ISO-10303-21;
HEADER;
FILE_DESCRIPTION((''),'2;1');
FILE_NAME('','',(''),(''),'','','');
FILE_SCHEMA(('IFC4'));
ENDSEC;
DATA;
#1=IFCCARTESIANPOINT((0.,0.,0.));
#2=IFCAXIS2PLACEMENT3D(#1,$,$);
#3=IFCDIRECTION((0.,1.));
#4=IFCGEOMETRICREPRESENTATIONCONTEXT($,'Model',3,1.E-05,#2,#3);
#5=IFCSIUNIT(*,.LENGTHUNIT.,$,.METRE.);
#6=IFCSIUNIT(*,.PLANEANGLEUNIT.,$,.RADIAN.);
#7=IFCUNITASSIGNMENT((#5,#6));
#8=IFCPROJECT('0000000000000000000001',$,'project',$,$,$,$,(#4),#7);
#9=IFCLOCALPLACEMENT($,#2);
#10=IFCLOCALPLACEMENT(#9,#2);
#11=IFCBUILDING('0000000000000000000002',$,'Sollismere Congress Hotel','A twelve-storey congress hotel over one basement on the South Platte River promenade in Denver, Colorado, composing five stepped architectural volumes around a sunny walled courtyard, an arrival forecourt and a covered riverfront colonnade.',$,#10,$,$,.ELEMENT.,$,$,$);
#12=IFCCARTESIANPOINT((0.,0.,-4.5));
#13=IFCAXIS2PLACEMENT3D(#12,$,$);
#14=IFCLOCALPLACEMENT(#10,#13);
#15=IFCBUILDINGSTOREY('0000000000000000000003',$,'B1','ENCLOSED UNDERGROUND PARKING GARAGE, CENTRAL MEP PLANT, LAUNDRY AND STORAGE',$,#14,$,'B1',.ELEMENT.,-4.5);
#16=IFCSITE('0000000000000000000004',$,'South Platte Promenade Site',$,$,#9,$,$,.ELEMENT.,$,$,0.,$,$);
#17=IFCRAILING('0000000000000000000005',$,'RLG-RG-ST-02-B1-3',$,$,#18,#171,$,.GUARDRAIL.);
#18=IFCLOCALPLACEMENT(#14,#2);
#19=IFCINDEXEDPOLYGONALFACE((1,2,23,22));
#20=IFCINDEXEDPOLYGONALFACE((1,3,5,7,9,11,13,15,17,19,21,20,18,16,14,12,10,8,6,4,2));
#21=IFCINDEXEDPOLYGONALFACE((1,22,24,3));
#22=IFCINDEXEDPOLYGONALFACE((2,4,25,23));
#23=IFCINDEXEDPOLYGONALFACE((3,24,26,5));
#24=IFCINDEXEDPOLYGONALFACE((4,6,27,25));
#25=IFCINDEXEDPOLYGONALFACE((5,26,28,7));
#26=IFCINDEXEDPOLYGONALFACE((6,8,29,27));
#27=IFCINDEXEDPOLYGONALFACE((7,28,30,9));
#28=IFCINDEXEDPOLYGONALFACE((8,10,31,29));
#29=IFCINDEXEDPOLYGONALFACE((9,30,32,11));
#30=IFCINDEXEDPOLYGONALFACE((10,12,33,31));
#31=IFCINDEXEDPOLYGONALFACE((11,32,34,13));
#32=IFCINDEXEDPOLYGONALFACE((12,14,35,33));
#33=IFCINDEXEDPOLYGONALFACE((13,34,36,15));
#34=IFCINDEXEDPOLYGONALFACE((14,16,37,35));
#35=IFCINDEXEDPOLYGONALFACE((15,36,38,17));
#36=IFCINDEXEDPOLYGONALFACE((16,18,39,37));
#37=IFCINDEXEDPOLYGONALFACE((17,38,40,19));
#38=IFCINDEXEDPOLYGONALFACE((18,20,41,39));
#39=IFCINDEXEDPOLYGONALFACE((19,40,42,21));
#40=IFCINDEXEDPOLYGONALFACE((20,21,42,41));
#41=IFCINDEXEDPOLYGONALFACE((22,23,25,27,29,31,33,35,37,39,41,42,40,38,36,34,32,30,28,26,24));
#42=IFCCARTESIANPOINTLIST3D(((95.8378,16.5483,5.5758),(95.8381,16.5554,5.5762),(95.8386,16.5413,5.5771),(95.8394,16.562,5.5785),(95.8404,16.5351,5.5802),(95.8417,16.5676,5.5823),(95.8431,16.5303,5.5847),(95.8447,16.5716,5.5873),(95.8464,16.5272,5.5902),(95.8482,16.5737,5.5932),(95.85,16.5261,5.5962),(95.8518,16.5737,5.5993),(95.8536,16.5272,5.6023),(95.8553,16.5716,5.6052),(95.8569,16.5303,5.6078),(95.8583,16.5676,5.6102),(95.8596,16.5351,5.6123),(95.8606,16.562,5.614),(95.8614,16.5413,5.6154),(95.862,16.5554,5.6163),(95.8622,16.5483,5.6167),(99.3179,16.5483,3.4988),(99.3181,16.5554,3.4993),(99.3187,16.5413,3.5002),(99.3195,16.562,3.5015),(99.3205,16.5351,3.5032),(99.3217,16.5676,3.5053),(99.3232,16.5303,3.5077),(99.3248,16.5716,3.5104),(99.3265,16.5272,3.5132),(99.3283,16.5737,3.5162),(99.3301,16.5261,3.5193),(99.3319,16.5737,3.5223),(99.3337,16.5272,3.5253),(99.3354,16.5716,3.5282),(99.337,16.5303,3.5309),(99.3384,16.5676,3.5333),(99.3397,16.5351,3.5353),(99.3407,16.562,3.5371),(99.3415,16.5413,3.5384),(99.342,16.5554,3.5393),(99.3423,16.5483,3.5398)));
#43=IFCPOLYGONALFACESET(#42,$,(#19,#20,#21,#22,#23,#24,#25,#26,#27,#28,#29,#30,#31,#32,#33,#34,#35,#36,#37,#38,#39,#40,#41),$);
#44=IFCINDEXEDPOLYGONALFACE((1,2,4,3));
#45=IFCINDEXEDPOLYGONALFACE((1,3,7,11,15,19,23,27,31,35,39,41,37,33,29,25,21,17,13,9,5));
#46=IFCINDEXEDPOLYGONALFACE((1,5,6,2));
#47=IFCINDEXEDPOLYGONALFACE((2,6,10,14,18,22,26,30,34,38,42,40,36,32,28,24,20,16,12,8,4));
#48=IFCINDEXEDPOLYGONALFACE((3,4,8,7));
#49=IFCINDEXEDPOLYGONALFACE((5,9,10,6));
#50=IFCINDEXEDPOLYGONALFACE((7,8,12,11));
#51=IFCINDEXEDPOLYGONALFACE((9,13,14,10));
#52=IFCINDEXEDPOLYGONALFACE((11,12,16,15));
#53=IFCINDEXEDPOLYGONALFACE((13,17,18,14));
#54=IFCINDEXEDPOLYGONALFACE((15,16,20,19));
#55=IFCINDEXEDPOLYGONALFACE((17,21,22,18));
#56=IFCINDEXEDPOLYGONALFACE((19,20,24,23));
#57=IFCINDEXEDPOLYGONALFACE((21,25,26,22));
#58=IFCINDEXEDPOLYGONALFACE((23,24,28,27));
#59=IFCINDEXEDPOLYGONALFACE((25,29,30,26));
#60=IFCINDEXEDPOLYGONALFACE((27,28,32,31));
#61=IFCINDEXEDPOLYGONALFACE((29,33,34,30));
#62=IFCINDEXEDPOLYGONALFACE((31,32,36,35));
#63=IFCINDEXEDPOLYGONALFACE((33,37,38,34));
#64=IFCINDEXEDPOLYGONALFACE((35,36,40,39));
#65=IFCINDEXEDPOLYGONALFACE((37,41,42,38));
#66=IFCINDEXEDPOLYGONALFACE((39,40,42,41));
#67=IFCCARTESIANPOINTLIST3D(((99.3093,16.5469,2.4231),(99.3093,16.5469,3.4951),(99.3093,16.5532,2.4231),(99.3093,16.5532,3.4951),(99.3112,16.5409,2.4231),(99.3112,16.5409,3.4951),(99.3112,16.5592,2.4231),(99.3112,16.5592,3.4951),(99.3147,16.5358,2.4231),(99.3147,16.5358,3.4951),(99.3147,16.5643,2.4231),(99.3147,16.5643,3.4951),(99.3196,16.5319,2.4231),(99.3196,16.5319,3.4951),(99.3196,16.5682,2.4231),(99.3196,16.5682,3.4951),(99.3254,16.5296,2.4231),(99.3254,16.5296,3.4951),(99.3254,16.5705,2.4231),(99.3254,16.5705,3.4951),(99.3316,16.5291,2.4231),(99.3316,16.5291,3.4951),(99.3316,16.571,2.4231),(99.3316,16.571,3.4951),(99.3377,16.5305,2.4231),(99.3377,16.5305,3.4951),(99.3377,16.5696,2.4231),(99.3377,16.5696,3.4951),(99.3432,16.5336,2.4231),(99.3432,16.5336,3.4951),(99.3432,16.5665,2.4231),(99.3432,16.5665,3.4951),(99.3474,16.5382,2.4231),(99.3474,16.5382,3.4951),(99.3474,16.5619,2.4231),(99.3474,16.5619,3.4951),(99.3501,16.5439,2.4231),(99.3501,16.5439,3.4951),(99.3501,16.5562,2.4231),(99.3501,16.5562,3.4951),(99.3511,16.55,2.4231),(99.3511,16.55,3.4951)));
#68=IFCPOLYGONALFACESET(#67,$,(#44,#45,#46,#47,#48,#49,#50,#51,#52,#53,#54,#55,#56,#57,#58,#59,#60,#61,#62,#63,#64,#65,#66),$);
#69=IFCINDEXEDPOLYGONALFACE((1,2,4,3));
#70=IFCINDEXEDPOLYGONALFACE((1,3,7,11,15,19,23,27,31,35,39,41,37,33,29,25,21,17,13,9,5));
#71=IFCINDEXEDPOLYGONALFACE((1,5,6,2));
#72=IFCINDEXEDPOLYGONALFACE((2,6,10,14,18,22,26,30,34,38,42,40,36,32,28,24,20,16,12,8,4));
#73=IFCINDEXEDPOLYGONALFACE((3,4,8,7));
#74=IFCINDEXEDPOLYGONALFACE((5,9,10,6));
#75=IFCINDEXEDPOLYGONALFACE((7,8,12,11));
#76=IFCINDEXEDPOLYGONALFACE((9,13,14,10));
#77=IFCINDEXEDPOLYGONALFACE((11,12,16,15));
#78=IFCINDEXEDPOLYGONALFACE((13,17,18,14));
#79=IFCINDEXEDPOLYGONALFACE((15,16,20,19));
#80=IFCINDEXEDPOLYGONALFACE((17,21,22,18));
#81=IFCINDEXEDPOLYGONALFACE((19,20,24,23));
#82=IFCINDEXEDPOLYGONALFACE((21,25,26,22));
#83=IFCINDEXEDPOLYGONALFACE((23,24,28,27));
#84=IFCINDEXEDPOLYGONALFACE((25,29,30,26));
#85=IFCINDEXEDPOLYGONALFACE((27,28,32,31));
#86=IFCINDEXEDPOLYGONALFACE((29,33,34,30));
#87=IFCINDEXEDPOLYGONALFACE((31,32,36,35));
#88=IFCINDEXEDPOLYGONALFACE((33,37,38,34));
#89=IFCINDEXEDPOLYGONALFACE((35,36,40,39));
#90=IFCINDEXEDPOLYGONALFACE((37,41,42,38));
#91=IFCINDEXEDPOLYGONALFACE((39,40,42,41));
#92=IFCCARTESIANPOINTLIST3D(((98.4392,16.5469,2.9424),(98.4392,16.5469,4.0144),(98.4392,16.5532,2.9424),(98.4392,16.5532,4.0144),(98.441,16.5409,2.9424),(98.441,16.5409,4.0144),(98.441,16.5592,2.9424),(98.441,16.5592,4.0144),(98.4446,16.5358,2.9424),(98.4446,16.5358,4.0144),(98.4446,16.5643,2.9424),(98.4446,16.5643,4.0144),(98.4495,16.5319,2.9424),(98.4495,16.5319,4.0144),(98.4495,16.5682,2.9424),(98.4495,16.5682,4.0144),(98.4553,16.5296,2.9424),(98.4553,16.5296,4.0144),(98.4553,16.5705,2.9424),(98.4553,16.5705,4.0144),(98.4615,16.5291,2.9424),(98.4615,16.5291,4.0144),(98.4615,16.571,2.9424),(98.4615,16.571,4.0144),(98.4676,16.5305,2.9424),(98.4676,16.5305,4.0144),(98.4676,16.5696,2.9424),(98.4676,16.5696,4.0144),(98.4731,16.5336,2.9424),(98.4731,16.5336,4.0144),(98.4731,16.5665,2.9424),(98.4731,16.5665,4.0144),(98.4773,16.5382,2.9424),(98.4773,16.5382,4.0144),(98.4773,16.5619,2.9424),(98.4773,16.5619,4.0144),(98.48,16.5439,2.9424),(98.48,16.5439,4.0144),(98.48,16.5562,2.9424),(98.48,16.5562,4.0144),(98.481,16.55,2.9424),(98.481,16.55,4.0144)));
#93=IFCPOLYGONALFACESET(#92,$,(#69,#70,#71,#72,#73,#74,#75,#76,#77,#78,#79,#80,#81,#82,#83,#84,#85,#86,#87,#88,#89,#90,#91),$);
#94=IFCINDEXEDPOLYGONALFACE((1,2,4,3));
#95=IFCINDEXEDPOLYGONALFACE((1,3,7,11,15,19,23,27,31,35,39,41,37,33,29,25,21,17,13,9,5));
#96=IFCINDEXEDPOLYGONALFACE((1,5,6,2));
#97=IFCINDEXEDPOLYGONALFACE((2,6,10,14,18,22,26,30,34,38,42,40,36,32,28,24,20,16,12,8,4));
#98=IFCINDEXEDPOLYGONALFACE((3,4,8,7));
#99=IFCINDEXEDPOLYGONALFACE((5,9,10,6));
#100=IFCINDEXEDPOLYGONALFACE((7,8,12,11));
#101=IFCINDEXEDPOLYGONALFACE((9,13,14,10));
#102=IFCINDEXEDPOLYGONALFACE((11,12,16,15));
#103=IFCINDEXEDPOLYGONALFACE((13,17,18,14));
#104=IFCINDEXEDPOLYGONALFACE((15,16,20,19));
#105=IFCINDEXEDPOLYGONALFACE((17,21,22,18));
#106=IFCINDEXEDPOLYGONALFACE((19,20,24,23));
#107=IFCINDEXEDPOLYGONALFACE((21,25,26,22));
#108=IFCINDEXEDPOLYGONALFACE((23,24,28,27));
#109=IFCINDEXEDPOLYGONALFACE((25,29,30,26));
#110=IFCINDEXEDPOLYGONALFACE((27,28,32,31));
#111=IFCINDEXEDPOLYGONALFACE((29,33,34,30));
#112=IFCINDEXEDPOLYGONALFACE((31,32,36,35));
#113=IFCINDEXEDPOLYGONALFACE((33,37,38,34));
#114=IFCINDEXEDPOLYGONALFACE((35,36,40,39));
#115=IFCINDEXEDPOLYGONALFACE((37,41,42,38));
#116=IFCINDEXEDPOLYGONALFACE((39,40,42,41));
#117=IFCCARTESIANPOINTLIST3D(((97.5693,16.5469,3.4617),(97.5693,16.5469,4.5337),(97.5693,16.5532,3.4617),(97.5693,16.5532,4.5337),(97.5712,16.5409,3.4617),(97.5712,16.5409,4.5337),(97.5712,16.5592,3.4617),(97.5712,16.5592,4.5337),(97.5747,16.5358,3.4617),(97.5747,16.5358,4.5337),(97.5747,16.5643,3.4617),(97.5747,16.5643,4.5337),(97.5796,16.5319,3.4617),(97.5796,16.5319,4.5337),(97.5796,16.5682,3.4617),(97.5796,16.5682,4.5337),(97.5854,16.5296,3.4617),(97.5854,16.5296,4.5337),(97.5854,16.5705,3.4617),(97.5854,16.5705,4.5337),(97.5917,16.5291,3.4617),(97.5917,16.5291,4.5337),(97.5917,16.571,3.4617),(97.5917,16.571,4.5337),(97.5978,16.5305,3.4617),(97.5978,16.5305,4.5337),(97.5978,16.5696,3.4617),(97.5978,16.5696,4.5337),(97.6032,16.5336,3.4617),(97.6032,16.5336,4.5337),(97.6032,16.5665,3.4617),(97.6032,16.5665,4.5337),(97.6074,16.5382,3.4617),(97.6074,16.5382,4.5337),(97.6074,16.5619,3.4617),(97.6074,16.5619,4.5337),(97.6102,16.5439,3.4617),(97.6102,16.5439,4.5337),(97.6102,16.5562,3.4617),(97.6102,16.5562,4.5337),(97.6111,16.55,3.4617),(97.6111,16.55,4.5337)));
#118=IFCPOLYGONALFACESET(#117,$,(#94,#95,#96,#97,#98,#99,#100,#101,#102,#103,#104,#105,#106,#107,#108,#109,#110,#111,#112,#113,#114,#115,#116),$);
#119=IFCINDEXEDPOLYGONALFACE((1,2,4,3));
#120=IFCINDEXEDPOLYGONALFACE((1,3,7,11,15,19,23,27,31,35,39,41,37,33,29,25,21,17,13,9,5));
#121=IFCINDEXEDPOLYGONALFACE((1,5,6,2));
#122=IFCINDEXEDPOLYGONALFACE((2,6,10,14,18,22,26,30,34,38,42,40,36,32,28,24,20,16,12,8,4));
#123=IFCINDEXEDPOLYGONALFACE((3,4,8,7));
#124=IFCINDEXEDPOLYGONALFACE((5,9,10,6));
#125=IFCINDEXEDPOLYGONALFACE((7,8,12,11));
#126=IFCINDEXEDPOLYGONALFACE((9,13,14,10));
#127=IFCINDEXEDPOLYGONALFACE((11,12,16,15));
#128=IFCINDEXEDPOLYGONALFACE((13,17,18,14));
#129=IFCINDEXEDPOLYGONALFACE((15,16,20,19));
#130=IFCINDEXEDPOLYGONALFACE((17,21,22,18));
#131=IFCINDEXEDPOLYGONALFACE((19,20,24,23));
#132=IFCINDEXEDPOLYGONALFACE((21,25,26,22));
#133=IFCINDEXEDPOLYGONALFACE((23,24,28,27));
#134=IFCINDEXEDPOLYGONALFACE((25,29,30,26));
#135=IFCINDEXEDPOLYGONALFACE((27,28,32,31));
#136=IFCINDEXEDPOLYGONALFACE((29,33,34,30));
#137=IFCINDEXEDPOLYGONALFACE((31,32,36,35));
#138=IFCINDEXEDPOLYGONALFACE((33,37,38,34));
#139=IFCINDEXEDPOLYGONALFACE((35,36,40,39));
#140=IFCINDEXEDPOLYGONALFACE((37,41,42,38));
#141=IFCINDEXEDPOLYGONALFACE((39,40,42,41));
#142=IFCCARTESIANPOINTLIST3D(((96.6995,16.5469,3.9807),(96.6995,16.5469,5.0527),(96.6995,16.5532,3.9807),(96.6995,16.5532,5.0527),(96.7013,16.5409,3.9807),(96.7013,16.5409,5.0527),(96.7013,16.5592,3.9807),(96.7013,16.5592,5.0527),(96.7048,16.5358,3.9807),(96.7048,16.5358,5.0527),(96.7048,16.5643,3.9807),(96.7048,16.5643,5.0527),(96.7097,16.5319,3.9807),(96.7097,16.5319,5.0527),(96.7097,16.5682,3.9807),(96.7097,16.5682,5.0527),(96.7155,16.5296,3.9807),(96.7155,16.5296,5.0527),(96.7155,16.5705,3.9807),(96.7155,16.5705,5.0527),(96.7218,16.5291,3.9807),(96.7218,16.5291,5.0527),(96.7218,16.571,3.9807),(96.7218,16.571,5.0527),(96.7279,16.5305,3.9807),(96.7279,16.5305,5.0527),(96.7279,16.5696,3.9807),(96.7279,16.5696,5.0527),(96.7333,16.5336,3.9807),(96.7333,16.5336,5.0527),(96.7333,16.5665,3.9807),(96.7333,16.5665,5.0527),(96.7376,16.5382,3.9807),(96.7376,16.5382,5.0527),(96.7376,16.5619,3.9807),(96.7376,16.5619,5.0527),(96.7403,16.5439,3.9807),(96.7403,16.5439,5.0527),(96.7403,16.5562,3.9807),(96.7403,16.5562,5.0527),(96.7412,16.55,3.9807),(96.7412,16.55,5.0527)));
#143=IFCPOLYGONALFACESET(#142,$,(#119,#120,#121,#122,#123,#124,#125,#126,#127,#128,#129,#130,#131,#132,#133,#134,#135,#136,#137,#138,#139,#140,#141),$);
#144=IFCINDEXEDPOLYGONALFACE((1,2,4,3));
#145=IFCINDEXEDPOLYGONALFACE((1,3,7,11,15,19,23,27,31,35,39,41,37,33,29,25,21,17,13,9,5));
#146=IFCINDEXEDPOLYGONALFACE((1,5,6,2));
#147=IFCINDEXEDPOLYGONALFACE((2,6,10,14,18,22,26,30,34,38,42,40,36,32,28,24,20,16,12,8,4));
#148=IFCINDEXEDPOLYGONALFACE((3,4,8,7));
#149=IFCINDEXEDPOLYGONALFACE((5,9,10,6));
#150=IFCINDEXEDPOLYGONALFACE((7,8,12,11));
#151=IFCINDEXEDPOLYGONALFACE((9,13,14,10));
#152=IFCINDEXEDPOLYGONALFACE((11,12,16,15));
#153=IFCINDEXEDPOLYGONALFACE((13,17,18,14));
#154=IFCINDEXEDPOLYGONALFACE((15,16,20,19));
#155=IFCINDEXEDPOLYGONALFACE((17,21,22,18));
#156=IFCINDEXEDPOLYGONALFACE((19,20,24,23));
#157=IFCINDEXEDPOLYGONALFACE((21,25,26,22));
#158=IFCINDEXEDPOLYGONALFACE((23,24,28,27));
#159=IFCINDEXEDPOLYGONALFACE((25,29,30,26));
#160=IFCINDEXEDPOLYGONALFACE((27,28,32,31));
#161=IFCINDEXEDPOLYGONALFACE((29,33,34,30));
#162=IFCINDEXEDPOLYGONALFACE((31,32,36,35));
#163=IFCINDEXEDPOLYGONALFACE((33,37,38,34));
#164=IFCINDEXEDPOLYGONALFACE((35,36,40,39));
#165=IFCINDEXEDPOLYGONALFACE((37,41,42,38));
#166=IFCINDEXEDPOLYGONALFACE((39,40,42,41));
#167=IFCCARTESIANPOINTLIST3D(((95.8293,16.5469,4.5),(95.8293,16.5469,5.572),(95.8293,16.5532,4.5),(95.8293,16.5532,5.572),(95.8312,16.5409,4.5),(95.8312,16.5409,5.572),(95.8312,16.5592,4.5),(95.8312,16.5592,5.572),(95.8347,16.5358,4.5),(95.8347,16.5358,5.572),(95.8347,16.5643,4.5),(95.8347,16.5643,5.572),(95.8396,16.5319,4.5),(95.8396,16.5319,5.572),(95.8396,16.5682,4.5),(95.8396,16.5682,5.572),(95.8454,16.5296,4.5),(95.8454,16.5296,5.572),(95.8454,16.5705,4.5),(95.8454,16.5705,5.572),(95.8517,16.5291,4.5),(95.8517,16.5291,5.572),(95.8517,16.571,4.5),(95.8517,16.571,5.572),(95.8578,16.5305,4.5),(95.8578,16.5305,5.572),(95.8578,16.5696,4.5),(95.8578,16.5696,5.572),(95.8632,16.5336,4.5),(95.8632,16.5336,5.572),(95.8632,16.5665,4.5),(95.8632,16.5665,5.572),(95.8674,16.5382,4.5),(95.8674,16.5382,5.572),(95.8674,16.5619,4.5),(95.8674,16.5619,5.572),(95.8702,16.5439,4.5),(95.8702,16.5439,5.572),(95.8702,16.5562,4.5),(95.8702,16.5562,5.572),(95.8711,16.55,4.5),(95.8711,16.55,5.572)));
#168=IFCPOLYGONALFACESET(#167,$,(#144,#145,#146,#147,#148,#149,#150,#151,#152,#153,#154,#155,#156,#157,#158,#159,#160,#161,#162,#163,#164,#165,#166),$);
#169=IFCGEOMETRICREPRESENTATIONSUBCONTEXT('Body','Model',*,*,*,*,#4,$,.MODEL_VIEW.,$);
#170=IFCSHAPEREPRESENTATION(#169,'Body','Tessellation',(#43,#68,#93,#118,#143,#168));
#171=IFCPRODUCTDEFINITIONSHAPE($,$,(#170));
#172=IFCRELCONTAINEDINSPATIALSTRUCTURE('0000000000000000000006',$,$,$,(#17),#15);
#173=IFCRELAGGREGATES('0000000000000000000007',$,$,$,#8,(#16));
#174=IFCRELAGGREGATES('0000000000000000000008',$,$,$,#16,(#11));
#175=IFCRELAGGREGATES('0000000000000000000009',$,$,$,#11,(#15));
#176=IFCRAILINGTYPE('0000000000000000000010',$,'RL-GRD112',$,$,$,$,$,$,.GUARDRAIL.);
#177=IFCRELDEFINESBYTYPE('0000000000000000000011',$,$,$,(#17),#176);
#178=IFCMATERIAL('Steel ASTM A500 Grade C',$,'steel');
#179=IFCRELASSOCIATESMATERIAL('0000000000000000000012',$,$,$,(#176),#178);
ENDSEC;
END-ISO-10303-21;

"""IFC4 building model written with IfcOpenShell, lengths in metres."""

from ifc_helpers import new_model, si_unit, direction, frame, origin, origin_2d, place, context, subcontext, project, spatial, circle, extrude, material, type_object, element, save


model = new_model("IFC4")

# Units and contexts
model_context = context("Model", 3, precision=1e-05, world=origin(), true_north=direction((0.0, 1.0)))
body_context = subcontext(model_context, "Body", "Model", "MODEL_VIEW")
ifc_project = project(units=[si_unit("LENGTHUNIT", "METRE"), si_unit("PLANEANGLEUNIT", "RADIAN")], contexts=[model_context])

# Site, building, storey
site_placement = place(None, origin())
site = spatial("IfcSite", under=ifc_project, at=site_placement, Name="South Platte Promenade Site", CompositionType="ELEMENT", RefElevation=0.0)
building_placement = place(site_placement, origin())
building = spatial("IfcBuilding", under=site, at=building_placement, Name="Sollismere Congress Hotel", Description="A twelve-storey congress hotel over one basement on the South Platte River promenade in Denver, Colorado, composing five stepped architectural volumes around a sunny walled courtyard, an arrival forecourt and a covered riverfront colonnade.", CompositionType="ELEMENT")
storey_placement = place(building_placement, frame((0.0, 0.0, -4.5)))
storey = spatial("IfcBuildingStorey", under=building, at=storey_placement, Name="B1", Description="ENCLOSED UNDERGROUND PARKING GARAGE, CENTRAL MEP PLANT, LAUNDRY AND STORAGE", LongName="B1", CompositionType="ELEMENT", Elevation=-4.5)

# Railing
ifc_material_1 = material(Name="Steel ASTM A500 Grade C", Category="steel")
railing_type_1 = type_object("IfcRailingType", Name="RL-GRD112", PredefinedType="GUARDRAIL", material=ifc_material_1)
railing_1_placement = place(storey_placement, frame((99.3301, 16.55, 2.4231)))
element("IfcRailing", 1, at=railing_1_placement, inside=storey, type_object=railing_type_1, Name="RLG-RG-ST-02-B1-3", PredefinedType="GUARDRAIL", context=body_context, shape_type="SweptSolid", body=[
    extrude(circle(Radius=0.0239, at=origin_2d()), frame((0.0, 0.0, 1.0962), z_axis=(-0.858697, 0.0, 0.512483), x_axis=(0.0, -1.0, 0.0)), (0.0, 0.0, 1.0), 4.0527),
    extrude(circle(Radius=0.021, at=origin_2d()), origin(), (0.0, 0.0, 1.0), 1.072),
    extrude(circle(Radius=0.021, at=origin_2d()), frame((-0.8701, 0.0, 0.5193)), (0.0, 0.0, 1.0), 1.072),
    extrude(circle(Radius=0.021, at=origin_2d()), frame((-1.74, 0.0, 1.0386)), (0.0, 0.0, 1.0), 1.072),
    extrude(circle(Radius=0.021, at=origin_2d()), frame((-2.6099, 0.0, 1.5576)), (0.0, 0.0, 1.0), 1.072),
    extrude(circle(Radius=0.021, at=origin_2d()), frame((-3.48, 0.0, 2.0769)), (0.0, 0.0, 1.0), 1.072),
])

save(model, "model.ifc")
